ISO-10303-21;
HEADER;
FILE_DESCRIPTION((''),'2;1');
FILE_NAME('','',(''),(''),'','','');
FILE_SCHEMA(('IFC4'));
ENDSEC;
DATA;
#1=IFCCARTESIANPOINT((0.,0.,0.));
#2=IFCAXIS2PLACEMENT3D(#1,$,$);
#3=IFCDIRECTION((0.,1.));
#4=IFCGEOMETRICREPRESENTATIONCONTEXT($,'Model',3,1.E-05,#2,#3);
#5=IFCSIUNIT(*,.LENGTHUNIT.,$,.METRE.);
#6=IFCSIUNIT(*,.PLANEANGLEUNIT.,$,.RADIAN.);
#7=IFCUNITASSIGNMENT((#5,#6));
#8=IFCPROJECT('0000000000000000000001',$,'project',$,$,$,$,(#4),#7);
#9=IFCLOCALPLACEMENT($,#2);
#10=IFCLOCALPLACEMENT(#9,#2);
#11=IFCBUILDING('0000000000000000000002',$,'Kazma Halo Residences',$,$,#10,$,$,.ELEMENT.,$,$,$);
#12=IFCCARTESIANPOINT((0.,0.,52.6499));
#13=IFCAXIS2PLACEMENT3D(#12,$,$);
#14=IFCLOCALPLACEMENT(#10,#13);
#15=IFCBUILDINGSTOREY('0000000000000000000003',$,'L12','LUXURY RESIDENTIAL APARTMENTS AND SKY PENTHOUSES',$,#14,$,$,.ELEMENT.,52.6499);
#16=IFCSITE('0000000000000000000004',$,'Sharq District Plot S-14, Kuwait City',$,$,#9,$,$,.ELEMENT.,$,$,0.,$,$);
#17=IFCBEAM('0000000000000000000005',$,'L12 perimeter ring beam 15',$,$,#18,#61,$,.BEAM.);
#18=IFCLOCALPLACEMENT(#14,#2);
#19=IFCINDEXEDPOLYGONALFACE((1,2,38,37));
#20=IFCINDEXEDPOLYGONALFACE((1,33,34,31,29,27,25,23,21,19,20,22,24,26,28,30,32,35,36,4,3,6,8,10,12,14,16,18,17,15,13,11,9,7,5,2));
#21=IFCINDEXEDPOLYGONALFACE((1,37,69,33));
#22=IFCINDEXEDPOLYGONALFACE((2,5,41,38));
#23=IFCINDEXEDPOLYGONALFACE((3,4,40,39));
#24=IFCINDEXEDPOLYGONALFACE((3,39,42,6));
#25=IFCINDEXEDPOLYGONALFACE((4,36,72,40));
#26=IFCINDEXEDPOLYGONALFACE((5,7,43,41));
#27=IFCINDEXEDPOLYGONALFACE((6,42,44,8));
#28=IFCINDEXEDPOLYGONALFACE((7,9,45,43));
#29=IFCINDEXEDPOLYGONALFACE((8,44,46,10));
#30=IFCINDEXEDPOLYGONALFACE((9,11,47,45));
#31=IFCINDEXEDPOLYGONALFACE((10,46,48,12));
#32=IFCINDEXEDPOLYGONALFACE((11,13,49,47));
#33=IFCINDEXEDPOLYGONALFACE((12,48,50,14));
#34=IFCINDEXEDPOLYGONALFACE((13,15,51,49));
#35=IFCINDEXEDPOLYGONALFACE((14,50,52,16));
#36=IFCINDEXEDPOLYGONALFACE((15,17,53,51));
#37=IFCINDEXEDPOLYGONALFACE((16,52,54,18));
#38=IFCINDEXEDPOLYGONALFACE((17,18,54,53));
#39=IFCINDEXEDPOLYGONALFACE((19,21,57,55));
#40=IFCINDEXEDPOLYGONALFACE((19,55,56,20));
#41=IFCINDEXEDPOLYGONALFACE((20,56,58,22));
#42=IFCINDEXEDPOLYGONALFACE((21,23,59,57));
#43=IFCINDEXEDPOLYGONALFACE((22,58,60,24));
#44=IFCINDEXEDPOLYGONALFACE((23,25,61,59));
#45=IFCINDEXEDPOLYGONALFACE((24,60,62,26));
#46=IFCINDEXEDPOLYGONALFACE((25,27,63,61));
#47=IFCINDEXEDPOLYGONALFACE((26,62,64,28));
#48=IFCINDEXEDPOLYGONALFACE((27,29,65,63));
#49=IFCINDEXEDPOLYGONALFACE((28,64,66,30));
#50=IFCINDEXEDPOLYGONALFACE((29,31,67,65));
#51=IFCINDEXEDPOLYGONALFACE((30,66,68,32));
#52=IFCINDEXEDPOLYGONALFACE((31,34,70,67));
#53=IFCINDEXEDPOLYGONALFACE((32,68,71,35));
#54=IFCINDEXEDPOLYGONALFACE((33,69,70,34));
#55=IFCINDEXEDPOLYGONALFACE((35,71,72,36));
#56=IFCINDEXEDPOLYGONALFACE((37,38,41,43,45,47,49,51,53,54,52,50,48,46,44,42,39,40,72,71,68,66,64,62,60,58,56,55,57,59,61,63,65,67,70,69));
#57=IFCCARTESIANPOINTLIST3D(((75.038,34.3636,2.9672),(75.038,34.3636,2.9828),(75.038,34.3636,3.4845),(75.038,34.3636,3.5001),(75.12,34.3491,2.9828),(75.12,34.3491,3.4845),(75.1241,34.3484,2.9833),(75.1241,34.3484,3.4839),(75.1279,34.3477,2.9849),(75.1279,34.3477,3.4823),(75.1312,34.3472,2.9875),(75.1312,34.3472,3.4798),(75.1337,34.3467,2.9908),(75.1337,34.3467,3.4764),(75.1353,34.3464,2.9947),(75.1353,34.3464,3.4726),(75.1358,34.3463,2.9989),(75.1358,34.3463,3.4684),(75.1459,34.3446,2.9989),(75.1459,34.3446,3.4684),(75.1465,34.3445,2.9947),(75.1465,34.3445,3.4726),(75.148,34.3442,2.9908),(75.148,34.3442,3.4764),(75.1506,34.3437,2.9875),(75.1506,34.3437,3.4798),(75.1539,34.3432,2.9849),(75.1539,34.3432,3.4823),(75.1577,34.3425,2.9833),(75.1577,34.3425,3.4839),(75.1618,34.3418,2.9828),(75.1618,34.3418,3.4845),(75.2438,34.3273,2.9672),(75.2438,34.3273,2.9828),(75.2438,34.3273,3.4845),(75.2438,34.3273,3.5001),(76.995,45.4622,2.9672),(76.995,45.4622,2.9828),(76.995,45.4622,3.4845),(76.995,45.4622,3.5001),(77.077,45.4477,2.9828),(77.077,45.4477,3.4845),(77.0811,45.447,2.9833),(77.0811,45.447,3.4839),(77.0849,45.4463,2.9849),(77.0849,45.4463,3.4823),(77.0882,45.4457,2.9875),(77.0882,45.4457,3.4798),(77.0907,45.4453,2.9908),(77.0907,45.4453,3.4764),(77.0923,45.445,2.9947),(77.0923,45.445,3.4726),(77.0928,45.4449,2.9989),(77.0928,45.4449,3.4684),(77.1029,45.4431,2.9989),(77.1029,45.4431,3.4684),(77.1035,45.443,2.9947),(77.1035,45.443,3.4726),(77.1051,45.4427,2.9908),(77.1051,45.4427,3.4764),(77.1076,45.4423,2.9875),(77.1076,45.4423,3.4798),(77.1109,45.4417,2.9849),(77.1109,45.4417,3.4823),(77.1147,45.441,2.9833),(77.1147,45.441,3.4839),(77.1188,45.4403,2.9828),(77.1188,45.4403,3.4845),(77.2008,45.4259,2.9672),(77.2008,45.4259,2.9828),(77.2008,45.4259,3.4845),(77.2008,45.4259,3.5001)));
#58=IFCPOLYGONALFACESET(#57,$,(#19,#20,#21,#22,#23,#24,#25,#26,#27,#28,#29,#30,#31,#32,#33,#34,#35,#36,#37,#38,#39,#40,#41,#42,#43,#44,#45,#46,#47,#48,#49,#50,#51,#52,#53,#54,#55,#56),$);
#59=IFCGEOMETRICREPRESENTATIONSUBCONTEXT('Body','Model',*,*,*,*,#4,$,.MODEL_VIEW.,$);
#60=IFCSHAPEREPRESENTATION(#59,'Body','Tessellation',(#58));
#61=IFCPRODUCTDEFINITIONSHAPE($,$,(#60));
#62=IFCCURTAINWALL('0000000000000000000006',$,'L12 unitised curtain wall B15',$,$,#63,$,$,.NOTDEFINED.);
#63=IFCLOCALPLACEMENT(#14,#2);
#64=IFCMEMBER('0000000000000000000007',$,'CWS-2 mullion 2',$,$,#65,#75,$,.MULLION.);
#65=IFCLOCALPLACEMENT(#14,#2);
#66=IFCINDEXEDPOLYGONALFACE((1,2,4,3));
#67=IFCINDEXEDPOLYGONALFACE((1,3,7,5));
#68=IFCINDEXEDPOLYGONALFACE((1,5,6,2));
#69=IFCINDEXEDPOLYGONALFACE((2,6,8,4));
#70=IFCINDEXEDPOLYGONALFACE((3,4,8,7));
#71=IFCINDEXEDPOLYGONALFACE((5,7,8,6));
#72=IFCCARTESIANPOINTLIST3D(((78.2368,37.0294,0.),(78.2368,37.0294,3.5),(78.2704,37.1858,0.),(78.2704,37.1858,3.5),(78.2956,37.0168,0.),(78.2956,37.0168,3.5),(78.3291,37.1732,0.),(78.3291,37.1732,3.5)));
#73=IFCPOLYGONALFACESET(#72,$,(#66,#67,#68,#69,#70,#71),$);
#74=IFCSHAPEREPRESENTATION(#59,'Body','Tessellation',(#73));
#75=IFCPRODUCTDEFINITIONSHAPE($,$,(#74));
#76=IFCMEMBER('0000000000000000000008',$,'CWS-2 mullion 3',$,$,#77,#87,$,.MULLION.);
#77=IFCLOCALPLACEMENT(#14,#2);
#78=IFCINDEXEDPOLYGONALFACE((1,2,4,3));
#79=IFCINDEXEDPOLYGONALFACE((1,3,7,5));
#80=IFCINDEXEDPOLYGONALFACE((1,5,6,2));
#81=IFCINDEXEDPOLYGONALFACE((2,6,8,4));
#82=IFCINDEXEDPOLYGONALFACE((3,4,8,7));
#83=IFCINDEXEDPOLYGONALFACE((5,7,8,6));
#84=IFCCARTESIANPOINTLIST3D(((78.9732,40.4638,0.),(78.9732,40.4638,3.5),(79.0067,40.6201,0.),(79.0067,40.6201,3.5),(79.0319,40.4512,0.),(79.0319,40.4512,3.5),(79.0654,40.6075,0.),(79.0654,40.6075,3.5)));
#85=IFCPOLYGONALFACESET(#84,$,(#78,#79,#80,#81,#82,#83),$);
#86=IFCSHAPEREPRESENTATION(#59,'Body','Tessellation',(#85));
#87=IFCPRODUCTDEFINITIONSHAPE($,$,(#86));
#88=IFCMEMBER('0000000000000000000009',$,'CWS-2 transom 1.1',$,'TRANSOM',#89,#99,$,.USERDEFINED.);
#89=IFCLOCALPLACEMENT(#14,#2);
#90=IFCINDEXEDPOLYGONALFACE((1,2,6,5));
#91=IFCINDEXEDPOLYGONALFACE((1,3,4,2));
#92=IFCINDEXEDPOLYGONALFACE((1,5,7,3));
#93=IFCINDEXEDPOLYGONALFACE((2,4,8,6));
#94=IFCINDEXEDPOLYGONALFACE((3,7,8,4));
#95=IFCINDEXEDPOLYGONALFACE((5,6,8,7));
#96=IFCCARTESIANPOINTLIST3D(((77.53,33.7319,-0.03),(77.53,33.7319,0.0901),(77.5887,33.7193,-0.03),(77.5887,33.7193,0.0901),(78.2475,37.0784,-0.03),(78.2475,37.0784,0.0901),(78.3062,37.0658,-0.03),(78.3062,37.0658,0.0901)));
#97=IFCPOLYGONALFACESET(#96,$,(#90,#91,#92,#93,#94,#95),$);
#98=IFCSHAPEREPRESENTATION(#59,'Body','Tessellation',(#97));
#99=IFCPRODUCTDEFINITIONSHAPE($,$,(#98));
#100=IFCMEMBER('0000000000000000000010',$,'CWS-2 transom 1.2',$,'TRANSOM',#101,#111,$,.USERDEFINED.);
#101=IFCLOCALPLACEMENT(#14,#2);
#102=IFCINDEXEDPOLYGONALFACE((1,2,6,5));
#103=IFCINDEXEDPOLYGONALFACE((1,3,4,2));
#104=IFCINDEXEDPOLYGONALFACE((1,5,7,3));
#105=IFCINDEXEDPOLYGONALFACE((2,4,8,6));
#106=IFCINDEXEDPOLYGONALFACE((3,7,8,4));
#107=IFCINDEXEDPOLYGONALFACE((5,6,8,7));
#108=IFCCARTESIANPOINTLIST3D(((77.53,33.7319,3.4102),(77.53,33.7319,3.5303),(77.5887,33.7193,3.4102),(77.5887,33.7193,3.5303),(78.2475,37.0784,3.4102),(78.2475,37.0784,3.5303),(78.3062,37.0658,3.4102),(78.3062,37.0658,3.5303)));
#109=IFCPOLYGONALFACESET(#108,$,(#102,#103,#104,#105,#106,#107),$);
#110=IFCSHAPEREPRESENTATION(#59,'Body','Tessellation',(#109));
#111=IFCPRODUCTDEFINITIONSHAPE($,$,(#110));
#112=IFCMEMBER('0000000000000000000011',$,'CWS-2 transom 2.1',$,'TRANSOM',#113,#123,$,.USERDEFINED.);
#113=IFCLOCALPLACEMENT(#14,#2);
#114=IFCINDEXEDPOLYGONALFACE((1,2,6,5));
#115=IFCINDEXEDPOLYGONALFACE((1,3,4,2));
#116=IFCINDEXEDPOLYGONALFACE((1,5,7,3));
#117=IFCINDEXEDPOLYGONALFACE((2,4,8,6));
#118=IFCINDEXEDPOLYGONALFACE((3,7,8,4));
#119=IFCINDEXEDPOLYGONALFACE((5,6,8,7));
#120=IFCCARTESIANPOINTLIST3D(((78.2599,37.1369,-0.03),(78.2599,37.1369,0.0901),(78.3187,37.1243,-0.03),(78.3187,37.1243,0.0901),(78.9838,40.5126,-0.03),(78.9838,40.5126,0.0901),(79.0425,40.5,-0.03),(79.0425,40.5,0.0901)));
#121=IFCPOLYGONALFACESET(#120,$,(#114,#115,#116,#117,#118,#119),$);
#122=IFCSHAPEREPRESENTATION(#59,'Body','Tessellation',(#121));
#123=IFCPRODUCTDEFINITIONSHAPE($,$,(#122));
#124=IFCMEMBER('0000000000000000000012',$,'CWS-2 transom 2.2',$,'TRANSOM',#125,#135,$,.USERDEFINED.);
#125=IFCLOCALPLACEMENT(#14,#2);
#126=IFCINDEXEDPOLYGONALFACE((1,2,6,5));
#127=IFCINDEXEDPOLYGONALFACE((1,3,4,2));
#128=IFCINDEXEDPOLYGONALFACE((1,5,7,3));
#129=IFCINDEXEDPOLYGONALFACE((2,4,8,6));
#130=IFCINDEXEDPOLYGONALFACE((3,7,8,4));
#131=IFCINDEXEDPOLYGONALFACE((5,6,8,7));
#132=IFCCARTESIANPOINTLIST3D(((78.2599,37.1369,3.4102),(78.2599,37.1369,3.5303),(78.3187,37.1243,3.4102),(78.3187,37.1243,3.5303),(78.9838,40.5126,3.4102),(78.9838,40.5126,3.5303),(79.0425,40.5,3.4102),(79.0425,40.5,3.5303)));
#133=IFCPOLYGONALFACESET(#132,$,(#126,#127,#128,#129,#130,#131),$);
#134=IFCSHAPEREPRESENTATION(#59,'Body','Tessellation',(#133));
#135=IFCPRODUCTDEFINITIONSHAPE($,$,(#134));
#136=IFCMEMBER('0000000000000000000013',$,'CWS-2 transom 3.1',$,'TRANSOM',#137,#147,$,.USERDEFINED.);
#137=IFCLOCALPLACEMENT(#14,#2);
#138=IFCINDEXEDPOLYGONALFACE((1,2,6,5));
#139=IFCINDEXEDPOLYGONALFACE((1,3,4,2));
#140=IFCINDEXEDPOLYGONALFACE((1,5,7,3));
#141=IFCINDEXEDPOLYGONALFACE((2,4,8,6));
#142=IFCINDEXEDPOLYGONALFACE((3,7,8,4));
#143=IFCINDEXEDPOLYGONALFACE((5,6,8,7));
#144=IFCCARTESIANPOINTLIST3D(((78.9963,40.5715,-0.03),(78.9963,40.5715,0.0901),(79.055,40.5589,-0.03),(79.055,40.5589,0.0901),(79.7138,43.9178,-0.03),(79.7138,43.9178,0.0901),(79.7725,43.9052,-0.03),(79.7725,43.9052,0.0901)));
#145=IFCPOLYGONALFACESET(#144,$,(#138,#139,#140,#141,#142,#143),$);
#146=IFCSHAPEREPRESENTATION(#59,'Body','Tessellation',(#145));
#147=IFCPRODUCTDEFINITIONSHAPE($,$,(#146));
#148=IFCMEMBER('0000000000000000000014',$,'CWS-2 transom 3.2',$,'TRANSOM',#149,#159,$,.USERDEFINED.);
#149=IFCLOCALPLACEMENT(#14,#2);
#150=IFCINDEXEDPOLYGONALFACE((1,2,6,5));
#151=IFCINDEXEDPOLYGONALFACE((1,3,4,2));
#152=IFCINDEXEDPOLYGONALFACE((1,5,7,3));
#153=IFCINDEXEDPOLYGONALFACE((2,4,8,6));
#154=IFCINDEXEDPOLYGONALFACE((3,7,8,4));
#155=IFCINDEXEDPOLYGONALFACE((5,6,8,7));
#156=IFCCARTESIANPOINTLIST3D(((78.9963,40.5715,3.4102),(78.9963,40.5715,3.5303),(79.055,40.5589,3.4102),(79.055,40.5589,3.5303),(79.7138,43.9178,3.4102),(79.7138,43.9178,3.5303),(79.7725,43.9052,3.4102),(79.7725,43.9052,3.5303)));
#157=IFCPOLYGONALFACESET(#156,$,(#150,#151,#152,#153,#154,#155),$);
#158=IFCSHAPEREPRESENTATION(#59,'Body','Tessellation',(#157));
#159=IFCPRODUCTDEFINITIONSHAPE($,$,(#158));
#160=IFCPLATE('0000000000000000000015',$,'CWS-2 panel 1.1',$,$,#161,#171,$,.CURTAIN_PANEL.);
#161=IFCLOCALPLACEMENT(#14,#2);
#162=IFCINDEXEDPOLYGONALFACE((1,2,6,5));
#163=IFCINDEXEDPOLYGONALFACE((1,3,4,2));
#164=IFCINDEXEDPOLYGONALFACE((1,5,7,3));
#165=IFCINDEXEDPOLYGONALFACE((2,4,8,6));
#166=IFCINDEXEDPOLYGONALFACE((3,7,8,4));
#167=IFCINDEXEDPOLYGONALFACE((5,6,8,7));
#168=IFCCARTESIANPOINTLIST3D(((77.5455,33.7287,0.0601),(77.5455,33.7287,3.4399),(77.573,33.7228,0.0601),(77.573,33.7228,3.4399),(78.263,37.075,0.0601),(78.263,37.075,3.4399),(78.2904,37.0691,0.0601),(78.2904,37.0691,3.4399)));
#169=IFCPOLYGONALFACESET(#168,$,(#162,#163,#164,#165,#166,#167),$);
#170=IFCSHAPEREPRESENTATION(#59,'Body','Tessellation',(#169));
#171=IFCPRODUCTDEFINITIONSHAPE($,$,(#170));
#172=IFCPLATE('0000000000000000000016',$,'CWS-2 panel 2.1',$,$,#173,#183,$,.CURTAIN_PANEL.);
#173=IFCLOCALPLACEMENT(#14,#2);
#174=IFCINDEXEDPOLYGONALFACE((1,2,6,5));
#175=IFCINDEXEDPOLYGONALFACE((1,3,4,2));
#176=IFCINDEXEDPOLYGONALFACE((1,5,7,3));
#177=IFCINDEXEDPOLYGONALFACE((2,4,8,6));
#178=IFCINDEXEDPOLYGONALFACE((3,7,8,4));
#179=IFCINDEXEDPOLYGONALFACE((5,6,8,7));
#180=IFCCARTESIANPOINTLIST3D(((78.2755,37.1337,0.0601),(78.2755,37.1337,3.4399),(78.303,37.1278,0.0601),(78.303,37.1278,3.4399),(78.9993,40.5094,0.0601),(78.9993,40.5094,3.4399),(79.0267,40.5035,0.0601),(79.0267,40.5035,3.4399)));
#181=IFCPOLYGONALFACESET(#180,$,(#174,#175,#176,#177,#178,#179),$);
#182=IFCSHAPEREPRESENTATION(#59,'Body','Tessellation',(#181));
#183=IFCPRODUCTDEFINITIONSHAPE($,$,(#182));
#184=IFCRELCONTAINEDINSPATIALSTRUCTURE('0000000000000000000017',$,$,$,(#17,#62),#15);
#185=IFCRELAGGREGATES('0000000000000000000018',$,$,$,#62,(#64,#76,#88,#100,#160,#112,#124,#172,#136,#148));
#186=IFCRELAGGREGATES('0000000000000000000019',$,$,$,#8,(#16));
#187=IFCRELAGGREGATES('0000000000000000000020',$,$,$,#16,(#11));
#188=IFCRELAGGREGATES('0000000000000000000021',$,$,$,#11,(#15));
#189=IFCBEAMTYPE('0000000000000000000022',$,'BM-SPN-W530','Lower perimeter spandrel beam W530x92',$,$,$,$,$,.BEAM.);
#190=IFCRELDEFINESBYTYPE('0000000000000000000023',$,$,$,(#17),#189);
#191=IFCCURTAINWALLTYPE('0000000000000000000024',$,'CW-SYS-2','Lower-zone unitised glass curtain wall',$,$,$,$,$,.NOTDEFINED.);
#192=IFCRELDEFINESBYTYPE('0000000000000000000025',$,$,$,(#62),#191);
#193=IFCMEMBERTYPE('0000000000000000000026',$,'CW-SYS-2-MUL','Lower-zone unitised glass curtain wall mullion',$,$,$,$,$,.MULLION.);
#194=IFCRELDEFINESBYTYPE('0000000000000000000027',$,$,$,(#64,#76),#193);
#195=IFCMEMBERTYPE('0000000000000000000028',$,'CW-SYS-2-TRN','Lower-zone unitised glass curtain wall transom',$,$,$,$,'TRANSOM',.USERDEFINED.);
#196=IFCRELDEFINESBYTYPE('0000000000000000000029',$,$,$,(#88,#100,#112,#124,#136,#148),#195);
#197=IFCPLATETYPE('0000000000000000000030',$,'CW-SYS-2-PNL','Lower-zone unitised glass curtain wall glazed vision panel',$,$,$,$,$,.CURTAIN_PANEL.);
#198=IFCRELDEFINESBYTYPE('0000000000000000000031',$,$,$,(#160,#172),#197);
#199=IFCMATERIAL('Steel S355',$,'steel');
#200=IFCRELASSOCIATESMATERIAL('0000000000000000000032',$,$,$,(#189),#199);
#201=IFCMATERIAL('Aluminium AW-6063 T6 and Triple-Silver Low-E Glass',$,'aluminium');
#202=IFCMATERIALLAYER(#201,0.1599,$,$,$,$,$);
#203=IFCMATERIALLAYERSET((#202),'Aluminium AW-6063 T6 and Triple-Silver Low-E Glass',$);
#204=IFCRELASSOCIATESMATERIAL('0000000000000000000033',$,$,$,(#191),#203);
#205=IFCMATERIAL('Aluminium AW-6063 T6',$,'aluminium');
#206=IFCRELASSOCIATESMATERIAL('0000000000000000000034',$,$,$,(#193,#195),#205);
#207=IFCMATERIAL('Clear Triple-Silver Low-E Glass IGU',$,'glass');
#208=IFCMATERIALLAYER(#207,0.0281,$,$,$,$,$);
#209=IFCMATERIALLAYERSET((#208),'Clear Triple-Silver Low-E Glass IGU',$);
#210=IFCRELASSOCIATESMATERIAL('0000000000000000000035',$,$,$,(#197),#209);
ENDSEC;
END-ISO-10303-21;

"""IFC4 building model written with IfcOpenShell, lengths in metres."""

from ifc_helpers import new_model, si_unit, direction, frame, origin, origin_2d, place, context, subcontext, project, spatial, rectangle, i_section, extrude, material, layer, layer_set, material_profile, profile_set, type_object, element, aggregate, save


model = new_model("IFC4")

# Units and contexts
model_context = context("Model", 3, precision=1e-05, world=origin(), true_north=direction((0.0, 1.0)))
body_context = subcontext(model_context, "Body", "Model", "MODEL_VIEW")
ifc_project = project(units=[si_unit("LENGTHUNIT", "METRE"), si_unit("PLANEANGLEUNIT", "RADIAN")], contexts=[model_context])

# Site, building, storey
site_placement = place(None, origin())
site = spatial("IfcSite", under=ifc_project, at=site_placement, Name="Sharq District Plot S-14, Kuwait City", CompositionType="ELEMENT", RefElevation=0.0)
building_placement = place(site_placement, origin())
building = spatial("IfcBuilding", under=site, at=building_placement, Name="Kazma Halo Residences", CompositionType="ELEMENT")
storey_placement = place(building_placement, frame((0.0, 0.0, 52.6499)))
storey = spatial("IfcBuildingStorey", under=building, at=storey_placement, Name="L12", Description="LUXURY RESIDENTIAL APARTMENTS AND SKY PENTHOUSES", CompositionType="ELEMENT", Elevation=52.6499)

# Beam
ifc_material_1 = material(Name="Steel S355", Category="steel")
ifc_material_profile_1 = material_profile(ifc_material_1, i_section(OverallWidth=0.209, OverallDepth=0.533, WebThickness=0.0103, FlangeThickness=0.0156, FilletRadius=0.0161, at=origin_2d()), Name="W530x92")
ifc_profile_set_1 = profile_set([ifc_material_profile_1], Name="Steel S355")
beam_type_1 = type_object("IfcBeamType", Name="BM-SPN-W530", Description="Lower perimeter spandrel beam W530x92", PredefinedType="BEAM", material=ifc_profile_set_1)
beam_1_placement = place(storey_placement, frame((75.1409, 34.3455, 3.2336), z_axis=(0.173652, 0.984807, 0.0), x_axis=(-0.984807, 0.173652, 0.0)))
element("IfcBeam", 1, at=beam_1_placement, inside=storey, type_object=beam_type_1, Name="L12 perimeter ring beam 15", PredefinedType="BEAM", context=body_context, shape_type="SweptSolid", body=[
    extrude(i_section(OverallWidth=0.209, OverallDepth=0.533, WebThickness=0.0103, FlangeThickness=0.0156, FilletRadius=0.0161, at=origin_2d()), origin(), (0.0, 0.0, 1.0), 11.2698),
])

# Curtain wall, members, plates
ifc_material_2 = material(Name="Aluminium AW-6063 T6 and Triple-Silver Low-E Glass", Category="aluminium")
ifc_layer_1 = layer(ifc_material_2, 0.1599)
ifc_layer_set_1 = layer_set([ifc_layer_1], Name="Aluminium AW-6063 T6 and Triple-Silver Low-E Glass")
curtain_wall_type = type_object("IfcCurtainWallType", Name="CW-SYS-2", Description="Lower-zone unitised glass curtain wall", PredefinedType="NOTDEFINED", material=ifc_layer_set_1)
curtain_wall_placement = place(storey_placement, origin())
curtain_wall = element("IfcCurtainWall", 2, at=curtain_wall_placement, inside=storey, type_object=curtain_wall_type, Name="L12 unitised curtain wall B15", PredefinedType="NOTDEFINED")
ifc_material_3 = material(Name="Aluminium AW-6063 T6", Category="aluminium")
ifc_material_profile_2 = material_profile(ifc_material_3, rectangle(XDim=0.0601, YDim=0.1599, at=origin_2d()), Name="CWM-60x160")
ifc_profile_set_2 = profile_set([ifc_material_profile_2], Name="Aluminium AW-6063 T6")
member_type_1 = type_object("IfcMemberType", Name="CW-SYS-2-MUL", Description="Lower-zone unitised glass curtain wall mullion", PredefinedType="MULLION", material=ifc_profile_set_2)
member_1_placement = place(storey_placement, frame((78.283, 37.1013, 0.0), z_axis=(0.0, 0.0, 1.0), x_axis=(-0.977779, 0.209637, 0.0)))
member_1 = element("IfcMember", 3, at=member_1_placement, type_object=member_type_1, Name="CWS-2 mullion 2", PredefinedType="MULLION", context=body_context, shape_type="SweptSolid", body=[
    extrude(rectangle(XDim=0.0601, YDim=0.1599, at=origin_2d()), origin(), (0.0, 0.0, 1.0), 3.5),
])
member_2_placement = place(storey_placement, frame((79.0193, 40.5356, 0.0), z_axis=(0.0, 0.0, 1.0), x_axis=(-0.977779, 0.209637, 0.0)))
member_2 = element("IfcMember", 4, at=member_2_placement, type_object=member_type_1, Name="CWS-2 mullion 3", PredefinedType="MULLION", context=body_context, shape_type="SweptSolid", body=[
    extrude(rectangle(XDim=0.0601, YDim=0.1599, at=origin_2d()), origin(), (0.0, 0.0, 1.0), 3.5),
])
ifc_material_profile_3 = material_profile(ifc_material_3, rectangle(XDim=0.0601, YDim=0.1201, at=origin_2d()), Name="CWT-60x120")
ifc_profile_set_3 = profile_set([ifc_material_profile_3], Name="Aluminium AW-6063 T6")
member_type_2 = type_object("IfcMemberType", Name="CW-SYS-2-TRN", Description="Lower-zone unitised glass curtain wall transom", ElementType="TRANSOM", PredefinedType="USERDEFINED", material=ifc_profile_set_3)
member_3_placement = place(storey_placement, frame((77.5593, 33.7256, 0.03), z_axis=(0.209651, 0.977776, 0.0), x_axis=(-0.977776, 0.209651, 0.0)))
member_3 = element("IfcMember", 5, at=member_3_placement, type_object=member_type_2, Name="CWS-2 transom 1.1", ObjectType="TRANSOM", PredefinedType="USERDEFINED", context=body_context, shape_type="SweptSolid", body=[
    extrude(rectangle(XDim=0.0601, YDim=0.1201, at=origin_2d()), origin(), (0.0, 0.0, 1.0), 3.4226),
])
member_4_placement = place(storey_placement, frame((77.5593, 33.7256, 3.4702), z_axis=(0.209651, 0.977776, 0.0), x_axis=(-0.977776, 0.209651, 0.0)))
member_4 = element("IfcMember", 6, at=member_4_placement, type_object=member_type_2, Name="CWS-2 transom 1.2", ObjectType="TRANSOM", PredefinedType="USERDEFINED", context=body_context, shape_type="SweptSolid", body=[
    extrude(rectangle(XDim=0.0601, YDim=0.1201, at=origin_2d()), origin(), (0.0, 0.0, 1.0), 3.4226),
])
member_5_placement = place(storey_placement, frame((78.2893, 37.1306, 0.03), z_axis=(0.209669, 0.977772, 0.0), x_axis=(-0.977772, 0.209669, 0.0)))
member_5 = element("IfcMember", 7, at=member_5_placement, type_object=member_type_2, Name="CWS-2 transom 2.1", ObjectType="TRANSOM", PredefinedType="USERDEFINED", context=body_context, shape_type="SweptSolid", body=[
    extrude(rectangle(XDim=0.0601, YDim=0.1201, at=origin_2d()), origin(), (0.0, 0.0, 1.0), 3.4524),
])
member_6_placement = place(storey_placement, frame((78.2893, 37.1306, 3.4702), z_axis=(0.209669, 0.977772, 0.0), x_axis=(-0.977772, 0.209669, 0.0)))
member_6 = element("IfcMember", 8, at=member_6_placement, type_object=member_type_2, Name="CWS-2 transom 2.2", ObjectType="TRANSOM", PredefinedType="USERDEFINED", context=body_context, shape_type="SweptSolid", body=[
    extrude(rectangle(XDim=0.0601, YDim=0.1201, at=origin_2d()), origin(), (0.0, 0.0, 1.0), 3.4524),
])
member_7_placement = place(storey_placement, frame((79.0256, 40.5652, 0.03), z_axis=(0.209666, 0.977773, 0.0), x_axis=(-0.977773, 0.209666, 0.0)))
member_7 = element("IfcMember", 9, at=member_7_placement, type_object=member_type_2, Name="CWS-2 transom 3.1", ObjectType="TRANSOM", PredefinedType="USERDEFINED", context=body_context, shape_type="SweptSolid", body=[
    extrude(rectangle(XDim=0.0601, YDim=0.1201, at=origin_2d()), origin(), (0.0, 0.0, 1.0), 3.4224),
])
member_8_placement = place(storey_placement, frame((79.0256, 40.5652, 3.4702), z_axis=(0.209666, 0.977773, 0.0), x_axis=(-0.977773, 0.209666, 0.0)))
member_8 = element("IfcMember", 10, at=member_8_placement, type_object=member_type_2, Name="CWS-2 transom 3.2", ObjectType="TRANSOM", PredefinedType="USERDEFINED", context=body_context, shape_type="SweptSolid", body=[
    extrude(rectangle(XDim=0.0601, YDim=0.1201, at=origin_2d()), origin(), (0.0, 0.0, 1.0), 3.4224),
])
ifc_material_4 = material(Name="Clear Triple-Silver Low-E Glass IGU", Category="glass")
ifc_layer_2 = layer(ifc_material_4, 0.0281)
ifc_layer_set_2 = layer_set([ifc_layer_2], Name="Clear Triple-Silver Low-E Glass IGU")
plate_type = type_object("IfcPlateType", Name="CW-SYS-2-PNL", Description="Lower-zone unitised glass curtain wall glazed vision panel", PredefinedType="CURTAIN_PANEL", material=ifc_layer_set_2)
plate_1_placement = place(storey_placement, frame((77.918, 35.3989, 0.0601), z_axis=(0.0, 0.0, 1.0), x_axis=(0.209637, 0.977779, 0.0)))
plate_1 = element("IfcPlate", 11, at=plate_1_placement, type_object=plate_type, Name="CWS-2 panel 1.1", PredefinedType="CURTAIN_PANEL", context=body_context, shape_type="SweptSolid", body=[
    extrude(rectangle(XDim=3.4224, YDim=0.0281, at=origin_2d()), origin(), (0.0, 0.0, 1.0), 3.3799),
])
plate_2_placement = place(storey_placement, frame((78.6511, 38.8186, 0.0601), z_axis=(0.0, 0.0, 1.0), x_axis=(0.209637, 0.977779, 0.0)))
plate_2 = element("IfcPlate", 12, at=plate_2_placement, type_object=plate_type, Name="CWS-2 panel 2.1", PredefinedType="CURTAIN_PANEL", context=body_context, shape_type="SweptSolid", body=[
    extrude(rectangle(XDim=3.4524, YDim=0.0281, at=origin_2d()), origin(), (0.0, 0.0, 1.0), 3.3799),
])
aggregate(curtain_wall, [member_1, member_2, member_3, member_4, plate_1, member_5, member_6, plate_2, member_7, member_8])

save(model, "model.ifc")
